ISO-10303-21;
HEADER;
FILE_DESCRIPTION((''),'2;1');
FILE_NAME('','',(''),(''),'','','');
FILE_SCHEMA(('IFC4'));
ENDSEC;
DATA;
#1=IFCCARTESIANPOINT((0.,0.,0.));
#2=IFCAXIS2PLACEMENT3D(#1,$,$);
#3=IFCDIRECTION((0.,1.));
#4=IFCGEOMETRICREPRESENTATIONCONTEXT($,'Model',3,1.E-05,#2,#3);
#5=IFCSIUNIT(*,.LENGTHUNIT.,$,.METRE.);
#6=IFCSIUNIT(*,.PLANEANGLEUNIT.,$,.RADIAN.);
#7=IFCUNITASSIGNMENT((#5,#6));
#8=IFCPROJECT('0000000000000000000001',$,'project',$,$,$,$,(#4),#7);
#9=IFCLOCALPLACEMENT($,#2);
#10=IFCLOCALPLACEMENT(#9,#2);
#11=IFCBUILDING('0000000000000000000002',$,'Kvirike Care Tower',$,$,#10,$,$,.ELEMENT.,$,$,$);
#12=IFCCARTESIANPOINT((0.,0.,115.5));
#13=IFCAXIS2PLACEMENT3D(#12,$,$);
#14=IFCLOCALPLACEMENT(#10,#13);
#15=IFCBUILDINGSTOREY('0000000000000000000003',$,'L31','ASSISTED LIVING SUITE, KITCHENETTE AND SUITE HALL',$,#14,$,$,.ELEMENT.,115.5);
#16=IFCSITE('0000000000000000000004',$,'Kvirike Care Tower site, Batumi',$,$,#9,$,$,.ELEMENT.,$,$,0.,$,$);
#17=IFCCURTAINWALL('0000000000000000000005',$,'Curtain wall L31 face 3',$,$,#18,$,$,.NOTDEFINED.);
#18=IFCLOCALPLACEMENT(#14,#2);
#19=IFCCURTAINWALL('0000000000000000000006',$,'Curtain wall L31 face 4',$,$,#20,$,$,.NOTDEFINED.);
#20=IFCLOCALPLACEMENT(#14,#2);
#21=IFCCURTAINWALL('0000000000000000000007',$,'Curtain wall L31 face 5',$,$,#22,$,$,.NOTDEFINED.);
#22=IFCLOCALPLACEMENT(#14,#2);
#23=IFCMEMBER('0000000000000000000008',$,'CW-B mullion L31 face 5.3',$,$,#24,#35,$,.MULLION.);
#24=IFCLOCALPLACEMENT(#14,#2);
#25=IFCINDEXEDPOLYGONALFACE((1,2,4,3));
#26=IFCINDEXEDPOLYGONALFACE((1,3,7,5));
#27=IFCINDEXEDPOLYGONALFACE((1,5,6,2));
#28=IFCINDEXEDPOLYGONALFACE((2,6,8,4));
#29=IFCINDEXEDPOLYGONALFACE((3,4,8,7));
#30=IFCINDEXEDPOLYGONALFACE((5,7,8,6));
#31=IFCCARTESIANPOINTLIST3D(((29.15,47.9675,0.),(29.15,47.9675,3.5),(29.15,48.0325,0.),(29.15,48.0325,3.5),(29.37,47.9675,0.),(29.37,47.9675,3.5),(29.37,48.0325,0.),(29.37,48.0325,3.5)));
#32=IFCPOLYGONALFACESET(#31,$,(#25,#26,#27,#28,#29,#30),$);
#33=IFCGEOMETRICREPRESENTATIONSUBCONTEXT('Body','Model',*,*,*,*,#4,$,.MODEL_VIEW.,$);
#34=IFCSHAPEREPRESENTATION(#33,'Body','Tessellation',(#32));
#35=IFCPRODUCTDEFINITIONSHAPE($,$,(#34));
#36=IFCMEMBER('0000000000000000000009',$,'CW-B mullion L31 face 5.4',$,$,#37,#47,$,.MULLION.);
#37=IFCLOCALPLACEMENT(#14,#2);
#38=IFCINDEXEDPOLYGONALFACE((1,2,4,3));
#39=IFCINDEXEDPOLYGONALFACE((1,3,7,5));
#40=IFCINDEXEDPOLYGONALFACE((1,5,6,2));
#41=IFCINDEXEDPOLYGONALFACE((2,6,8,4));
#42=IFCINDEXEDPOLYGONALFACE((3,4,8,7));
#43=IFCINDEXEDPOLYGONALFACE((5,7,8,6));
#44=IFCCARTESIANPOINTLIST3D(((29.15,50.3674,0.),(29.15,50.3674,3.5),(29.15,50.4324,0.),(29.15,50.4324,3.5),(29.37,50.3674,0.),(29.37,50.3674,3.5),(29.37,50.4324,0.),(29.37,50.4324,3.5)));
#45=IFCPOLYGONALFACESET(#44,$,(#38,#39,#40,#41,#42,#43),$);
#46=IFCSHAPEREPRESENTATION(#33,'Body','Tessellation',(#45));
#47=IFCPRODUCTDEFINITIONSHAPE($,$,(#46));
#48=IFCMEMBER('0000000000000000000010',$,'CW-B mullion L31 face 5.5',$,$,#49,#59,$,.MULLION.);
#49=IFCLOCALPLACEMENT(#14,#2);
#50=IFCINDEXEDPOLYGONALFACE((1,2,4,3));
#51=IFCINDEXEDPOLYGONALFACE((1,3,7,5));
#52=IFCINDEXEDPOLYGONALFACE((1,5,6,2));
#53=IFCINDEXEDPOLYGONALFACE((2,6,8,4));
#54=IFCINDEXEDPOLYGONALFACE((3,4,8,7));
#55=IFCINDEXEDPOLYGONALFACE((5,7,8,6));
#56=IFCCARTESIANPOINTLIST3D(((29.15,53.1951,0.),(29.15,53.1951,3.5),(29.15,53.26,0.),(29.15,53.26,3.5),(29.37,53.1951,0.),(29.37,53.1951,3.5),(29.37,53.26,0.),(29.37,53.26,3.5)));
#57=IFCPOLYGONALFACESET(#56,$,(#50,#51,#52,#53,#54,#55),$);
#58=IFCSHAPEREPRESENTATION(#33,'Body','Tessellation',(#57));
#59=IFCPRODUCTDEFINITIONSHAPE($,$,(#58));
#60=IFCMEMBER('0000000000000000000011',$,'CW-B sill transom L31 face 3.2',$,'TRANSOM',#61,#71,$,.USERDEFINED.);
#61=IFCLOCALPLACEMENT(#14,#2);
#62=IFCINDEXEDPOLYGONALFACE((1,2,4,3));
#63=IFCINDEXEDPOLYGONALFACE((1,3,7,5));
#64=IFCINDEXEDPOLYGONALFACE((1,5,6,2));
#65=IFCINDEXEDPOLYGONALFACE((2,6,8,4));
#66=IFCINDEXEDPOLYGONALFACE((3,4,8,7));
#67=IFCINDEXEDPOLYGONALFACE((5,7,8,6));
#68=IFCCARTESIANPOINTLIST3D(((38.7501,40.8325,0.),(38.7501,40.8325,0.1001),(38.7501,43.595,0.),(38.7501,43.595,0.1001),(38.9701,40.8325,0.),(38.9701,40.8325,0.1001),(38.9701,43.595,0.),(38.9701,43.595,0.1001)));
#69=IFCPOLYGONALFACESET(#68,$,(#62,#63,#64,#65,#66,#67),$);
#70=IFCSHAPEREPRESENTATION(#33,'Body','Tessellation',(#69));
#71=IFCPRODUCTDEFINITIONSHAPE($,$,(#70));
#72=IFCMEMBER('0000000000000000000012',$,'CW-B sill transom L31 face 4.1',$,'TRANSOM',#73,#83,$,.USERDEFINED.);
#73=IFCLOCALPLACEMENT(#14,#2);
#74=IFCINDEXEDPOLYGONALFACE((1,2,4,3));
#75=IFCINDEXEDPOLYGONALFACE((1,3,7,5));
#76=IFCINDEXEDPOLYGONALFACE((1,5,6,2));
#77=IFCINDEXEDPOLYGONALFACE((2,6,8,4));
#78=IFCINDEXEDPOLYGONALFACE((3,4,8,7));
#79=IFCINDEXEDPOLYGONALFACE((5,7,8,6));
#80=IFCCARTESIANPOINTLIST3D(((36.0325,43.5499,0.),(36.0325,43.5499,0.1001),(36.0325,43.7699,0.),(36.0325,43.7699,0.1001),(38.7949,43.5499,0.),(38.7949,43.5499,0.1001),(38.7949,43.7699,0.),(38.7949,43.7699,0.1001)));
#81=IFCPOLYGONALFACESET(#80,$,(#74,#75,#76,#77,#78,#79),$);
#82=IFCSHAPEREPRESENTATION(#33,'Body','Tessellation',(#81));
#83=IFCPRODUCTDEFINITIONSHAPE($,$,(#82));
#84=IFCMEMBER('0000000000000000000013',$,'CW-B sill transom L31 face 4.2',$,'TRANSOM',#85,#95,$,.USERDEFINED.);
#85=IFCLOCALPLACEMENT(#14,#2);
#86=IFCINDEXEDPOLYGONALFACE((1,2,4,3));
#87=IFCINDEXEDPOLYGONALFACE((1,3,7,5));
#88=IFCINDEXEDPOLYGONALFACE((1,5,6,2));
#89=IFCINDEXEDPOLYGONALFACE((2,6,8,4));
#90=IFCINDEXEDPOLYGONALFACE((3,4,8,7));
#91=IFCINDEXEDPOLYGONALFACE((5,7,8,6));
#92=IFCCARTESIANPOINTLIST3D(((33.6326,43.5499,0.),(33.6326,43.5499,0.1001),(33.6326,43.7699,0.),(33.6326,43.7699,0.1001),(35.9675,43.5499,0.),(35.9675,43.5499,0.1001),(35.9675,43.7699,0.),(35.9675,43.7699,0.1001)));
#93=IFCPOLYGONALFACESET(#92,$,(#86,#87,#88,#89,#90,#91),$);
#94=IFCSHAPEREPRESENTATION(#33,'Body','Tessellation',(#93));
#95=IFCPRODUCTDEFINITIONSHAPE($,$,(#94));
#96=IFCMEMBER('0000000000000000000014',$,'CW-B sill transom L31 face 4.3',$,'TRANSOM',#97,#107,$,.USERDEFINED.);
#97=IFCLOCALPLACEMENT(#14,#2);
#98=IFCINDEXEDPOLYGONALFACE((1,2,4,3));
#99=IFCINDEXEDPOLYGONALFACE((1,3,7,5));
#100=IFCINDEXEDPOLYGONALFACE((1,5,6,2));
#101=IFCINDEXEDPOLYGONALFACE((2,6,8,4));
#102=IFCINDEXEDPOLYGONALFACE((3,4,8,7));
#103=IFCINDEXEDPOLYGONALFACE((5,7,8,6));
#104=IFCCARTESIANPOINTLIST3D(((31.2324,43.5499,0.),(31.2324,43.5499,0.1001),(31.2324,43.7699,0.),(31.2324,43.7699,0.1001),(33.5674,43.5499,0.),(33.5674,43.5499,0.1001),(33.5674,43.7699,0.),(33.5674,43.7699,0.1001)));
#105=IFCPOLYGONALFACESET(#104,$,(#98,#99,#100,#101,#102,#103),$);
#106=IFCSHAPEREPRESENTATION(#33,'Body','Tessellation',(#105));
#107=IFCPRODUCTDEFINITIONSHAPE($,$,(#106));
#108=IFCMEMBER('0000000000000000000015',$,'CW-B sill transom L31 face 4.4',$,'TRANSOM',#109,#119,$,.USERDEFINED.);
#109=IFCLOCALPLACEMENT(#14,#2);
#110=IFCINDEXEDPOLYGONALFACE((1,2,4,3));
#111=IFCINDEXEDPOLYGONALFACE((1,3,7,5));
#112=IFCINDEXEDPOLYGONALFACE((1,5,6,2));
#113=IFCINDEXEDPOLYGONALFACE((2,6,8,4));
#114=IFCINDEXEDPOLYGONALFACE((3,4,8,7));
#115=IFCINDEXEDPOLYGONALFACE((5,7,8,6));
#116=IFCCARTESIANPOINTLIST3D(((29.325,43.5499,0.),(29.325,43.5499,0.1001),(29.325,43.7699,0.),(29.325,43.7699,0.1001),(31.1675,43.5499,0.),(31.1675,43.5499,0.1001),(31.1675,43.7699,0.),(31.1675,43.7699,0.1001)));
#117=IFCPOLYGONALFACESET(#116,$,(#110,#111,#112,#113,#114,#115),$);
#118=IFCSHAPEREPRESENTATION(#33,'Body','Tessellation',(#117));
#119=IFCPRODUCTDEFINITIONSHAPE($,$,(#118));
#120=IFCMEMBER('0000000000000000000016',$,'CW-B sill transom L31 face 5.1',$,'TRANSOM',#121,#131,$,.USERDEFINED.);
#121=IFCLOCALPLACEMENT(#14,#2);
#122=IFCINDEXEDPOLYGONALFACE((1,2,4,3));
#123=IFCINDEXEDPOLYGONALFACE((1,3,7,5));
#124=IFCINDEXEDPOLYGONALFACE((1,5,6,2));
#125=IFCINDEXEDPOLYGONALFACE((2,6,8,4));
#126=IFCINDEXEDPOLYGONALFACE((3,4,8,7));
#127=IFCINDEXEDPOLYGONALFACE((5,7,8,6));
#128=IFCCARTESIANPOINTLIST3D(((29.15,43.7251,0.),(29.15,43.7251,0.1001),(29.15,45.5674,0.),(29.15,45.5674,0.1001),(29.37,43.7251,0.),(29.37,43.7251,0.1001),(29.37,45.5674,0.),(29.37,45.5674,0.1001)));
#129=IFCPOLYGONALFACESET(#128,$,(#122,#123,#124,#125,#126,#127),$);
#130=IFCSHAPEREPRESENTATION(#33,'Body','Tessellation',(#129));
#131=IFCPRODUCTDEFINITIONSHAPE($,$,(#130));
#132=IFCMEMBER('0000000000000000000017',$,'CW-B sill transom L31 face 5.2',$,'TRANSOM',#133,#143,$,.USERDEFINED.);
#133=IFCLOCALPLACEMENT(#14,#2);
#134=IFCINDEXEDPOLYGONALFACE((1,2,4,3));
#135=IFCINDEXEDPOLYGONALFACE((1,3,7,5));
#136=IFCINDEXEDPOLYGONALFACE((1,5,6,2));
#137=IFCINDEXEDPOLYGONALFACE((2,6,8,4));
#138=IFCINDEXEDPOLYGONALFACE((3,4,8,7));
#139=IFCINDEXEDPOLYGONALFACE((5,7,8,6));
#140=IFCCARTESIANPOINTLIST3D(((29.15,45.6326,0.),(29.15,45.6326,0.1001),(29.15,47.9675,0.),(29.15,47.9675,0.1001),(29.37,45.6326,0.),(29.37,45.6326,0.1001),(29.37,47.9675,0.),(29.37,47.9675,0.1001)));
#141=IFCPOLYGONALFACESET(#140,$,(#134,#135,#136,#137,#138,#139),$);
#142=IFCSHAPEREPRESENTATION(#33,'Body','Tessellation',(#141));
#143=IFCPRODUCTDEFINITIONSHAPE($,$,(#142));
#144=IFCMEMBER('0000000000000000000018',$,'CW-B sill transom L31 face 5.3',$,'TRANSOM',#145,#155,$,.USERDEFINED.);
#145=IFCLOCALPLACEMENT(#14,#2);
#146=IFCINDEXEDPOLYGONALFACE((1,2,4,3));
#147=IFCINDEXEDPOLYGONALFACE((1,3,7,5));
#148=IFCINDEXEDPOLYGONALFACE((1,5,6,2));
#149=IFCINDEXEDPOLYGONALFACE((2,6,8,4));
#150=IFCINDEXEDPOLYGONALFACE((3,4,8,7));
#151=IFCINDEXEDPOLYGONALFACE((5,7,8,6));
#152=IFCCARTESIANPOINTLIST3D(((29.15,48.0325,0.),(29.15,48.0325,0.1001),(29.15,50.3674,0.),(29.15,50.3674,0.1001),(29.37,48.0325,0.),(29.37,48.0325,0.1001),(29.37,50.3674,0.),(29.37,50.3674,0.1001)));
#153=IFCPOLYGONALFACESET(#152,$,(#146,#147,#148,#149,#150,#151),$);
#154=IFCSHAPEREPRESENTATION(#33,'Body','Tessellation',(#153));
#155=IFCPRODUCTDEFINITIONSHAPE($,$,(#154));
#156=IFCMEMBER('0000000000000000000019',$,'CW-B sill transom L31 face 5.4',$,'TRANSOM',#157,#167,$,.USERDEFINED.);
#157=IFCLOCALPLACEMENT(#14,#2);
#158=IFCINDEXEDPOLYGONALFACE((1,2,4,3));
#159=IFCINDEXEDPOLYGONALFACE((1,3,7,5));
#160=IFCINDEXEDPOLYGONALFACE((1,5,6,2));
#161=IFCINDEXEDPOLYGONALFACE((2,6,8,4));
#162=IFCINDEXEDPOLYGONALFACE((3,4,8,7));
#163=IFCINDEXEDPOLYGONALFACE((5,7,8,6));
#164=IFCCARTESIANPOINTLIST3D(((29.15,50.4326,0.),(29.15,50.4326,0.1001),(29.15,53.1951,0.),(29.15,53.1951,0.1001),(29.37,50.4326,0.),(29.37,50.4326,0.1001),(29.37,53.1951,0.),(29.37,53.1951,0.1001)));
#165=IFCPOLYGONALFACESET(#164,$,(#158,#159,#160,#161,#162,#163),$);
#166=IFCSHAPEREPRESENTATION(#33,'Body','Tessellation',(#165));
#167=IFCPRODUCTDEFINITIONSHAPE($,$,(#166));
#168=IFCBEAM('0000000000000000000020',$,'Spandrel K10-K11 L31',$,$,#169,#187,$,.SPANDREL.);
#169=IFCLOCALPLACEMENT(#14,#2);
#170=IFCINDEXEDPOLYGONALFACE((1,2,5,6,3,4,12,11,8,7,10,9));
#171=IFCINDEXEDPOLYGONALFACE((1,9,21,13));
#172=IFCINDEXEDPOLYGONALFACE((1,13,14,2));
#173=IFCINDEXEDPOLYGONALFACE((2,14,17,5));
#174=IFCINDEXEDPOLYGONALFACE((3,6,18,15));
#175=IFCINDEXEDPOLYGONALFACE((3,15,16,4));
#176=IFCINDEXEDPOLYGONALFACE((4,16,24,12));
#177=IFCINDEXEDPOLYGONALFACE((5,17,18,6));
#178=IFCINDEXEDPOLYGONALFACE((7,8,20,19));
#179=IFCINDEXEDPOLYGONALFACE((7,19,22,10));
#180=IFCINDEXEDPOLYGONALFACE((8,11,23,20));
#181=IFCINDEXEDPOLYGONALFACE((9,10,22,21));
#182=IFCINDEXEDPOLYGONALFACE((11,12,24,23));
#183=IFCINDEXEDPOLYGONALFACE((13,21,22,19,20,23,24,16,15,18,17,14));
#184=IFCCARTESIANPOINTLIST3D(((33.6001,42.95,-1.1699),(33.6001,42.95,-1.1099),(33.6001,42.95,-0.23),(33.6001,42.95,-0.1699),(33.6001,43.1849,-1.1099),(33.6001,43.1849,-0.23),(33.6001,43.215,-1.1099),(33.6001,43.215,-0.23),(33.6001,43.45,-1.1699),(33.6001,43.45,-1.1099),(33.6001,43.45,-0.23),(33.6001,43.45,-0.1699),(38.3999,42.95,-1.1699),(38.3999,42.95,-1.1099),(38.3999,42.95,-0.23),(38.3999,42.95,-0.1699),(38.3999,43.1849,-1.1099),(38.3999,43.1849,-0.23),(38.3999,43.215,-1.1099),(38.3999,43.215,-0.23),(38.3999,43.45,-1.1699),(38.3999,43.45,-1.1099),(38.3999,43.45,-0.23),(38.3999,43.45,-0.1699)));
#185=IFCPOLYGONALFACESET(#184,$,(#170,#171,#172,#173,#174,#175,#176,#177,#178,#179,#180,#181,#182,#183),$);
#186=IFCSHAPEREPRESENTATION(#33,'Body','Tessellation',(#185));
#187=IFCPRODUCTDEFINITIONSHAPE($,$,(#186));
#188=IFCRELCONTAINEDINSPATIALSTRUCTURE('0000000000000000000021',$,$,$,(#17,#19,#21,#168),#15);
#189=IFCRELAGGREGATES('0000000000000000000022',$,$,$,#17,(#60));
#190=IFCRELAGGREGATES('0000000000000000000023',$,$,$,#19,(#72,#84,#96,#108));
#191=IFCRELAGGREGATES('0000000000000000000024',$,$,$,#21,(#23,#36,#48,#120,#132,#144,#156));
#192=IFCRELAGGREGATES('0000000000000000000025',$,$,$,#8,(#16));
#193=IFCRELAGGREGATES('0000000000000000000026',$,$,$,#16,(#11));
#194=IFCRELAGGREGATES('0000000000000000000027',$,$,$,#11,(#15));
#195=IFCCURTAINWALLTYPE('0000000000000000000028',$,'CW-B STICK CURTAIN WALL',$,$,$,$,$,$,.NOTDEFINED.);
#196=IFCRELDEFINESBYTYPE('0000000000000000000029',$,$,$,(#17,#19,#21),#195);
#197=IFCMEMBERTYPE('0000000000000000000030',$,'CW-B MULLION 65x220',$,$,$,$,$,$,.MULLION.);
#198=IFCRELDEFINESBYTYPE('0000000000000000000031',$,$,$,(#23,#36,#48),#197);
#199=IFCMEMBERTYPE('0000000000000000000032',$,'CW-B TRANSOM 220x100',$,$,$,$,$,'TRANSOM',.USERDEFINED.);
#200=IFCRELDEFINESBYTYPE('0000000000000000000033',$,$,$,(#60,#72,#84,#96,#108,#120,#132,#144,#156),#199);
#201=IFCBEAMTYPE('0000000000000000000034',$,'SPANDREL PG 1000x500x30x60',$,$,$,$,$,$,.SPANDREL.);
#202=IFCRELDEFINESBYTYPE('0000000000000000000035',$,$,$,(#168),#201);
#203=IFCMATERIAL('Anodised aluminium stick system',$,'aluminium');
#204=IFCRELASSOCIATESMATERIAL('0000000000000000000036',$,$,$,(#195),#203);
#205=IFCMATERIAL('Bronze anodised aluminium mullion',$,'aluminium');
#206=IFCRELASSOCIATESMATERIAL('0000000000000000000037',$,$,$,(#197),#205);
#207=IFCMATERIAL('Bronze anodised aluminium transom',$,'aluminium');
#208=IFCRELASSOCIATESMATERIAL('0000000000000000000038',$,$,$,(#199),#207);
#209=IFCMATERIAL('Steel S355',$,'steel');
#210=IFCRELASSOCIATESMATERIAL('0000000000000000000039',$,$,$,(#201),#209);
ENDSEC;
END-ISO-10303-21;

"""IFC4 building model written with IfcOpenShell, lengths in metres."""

from ifc_helpers import new_model, si_unit, direction, frame, origin, origin_2d, place, context, subcontext, project, spatial, rectangle, i_section, extrude, material, material_profile, profile_set, type_object, element, aggregate, save


model = new_model("IFC4")

# Units and contexts
model_context = context("Model", 3, precision=1e-05, world=origin(), true_north=direction((0.0, 1.0)))
body_context = subcontext(model_context, "Body", "Model", "MODEL_VIEW")
ifc_project = project(units=[si_unit("LENGTHUNIT", "METRE"), si_unit("PLANEANGLEUNIT", "RADIAN")], contexts=[model_context])

# Site, building, storey
site_placement = place(None, origin())
site = spatial("IfcSite", under=ifc_project, at=site_placement, Name="Kvirike Care Tower site, Batumi", CompositionType="ELEMENT", RefElevation=0.0)
building_placement = place(site_placement, origin())
building = spatial("IfcBuilding", under=site, at=building_placement, Name="Kvirike Care Tower", CompositionType="ELEMENT")
storey_placement = place(building_placement, frame((0.0, 0.0, 115.5)))
storey = spatial("IfcBuildingStorey", under=building, at=storey_placement, Name="L31", Description="ASSISTED LIVING SUITE, KITCHENETTE AND SUITE HALL", CompositionType="ELEMENT", Elevation=115.5)

# Curtain walls
ifc_material_1 = material(Name="Anodised aluminium stick system", Category="aluminium")
curtain_wall_type = type_object("IfcCurtainWallType", Name="CW-B STICK CURTAIN WALL", PredefinedType="NOTDEFINED", material=ifc_material_1)
curtain_wall_1_placement = place(storey_placement, origin())
curtain_wall_1 = element("IfcCurtainWall", 1, at=curtain_wall_1_placement, inside=storey, type_object=curtain_wall_type, Name="Curtain wall L31 face 3", PredefinedType="NOTDEFINED")
curtain_wall_2_placement = place(storey_placement, origin())
curtain_wall_2 = element("IfcCurtainWall", 2, at=curtain_wall_2_placement, inside=storey, type_object=curtain_wall_type, Name="Curtain wall L31 face 4", PredefinedType="NOTDEFINED")
curtain_wall_3_placement = place(storey_placement, origin())
curtain_wall_3 = element("IfcCurtainWall", 3, at=curtain_wall_3_placement, inside=storey, type_object=curtain_wall_type, Name="Curtain wall L31 face 5", PredefinedType="NOTDEFINED")

# Members
ifc_material_2 = material(Name="Bronze anodised aluminium mullion", Category="aluminium")
ifc_material_profile_1 = material_profile(ifc_material_2, rectangle(XDim=0.0649, YDim=0.22, at=origin_2d()), Name="CW-B MULLION 65x220")
ifc_profile_set_1 = profile_set([ifc_material_profile_1], Name="Bronze anodised aluminium mullion")
member_type_1 = type_object("IfcMemberType", Name="CW-B MULLION 65x220", PredefinedType="MULLION", material=ifc_profile_set_1)
member_1_placement = place(storey_placement, frame((29.26, 48.0, 0.0), z_axis=(0.0, 0.0, 1.0), x_axis=(0.0, 1.0, 0.0)))
member_1 = element("IfcMember", 4, at=member_1_placement, type_object=member_type_1, Name="CW-B mullion L31 face 5.3", PredefinedType="MULLION", context=body_context, shape_type="SweptSolid", body=[
    extrude(rectangle(XDim=0.0649, YDim=0.22, at=origin_2d()), origin(), (0.0, 0.0, 1.0), 3.5),
])
member_2_placement = place(storey_placement, frame((29.26, 50.3999, 0.0), z_axis=(0.0, 0.0, 1.0), x_axis=(0.0, 1.0, 0.0)))
member_2 = element("IfcMember", 5, at=member_2_placement, type_object=member_type_1, Name="CW-B mullion L31 face 5.4", PredefinedType="MULLION", context=body_context, shape_type="SweptSolid", body=[
    extrude(rectangle(XDim=0.0649, YDim=0.22, at=origin_2d()), origin(), (0.0, 0.0, 1.0), 3.5),
])
member_3_placement = place(storey_placement, frame((29.26, 53.2275, 0.0), z_axis=(0.0, 0.0, 1.0), x_axis=(0.0, 1.0, 0.0)))
member_3 = element("IfcMember", 6, at=member_3_placement, type_object=member_type_1, Name="CW-B mullion L31 face 5.5", PredefinedType="MULLION", context=body_context, shape_type="SweptSolid", body=[
    extrude(rectangle(XDim=0.0649, YDim=0.22, at=origin_2d()), origin(), (0.0, 0.0, 1.0), 3.5),
])
ifc_material_3 = material(Name="Bronze anodised aluminium transom", Category="aluminium")
ifc_material_profile_2 = material_profile(ifc_material_3, rectangle(XDim=0.22, YDim=0.1001, at=origin_2d()), Name="CW-B TRANSOM 220x100")
ifc_profile_set_2 = profile_set([ifc_material_profile_2], Name="Bronze anodised aluminium transom")
member_type_2 = type_object("IfcMemberType", Name="CW-B TRANSOM 220x100", ElementType="TRANSOM", PredefinedType="USERDEFINED", material=ifc_profile_set_2)
member_4_placement = place(storey_placement, frame((38.8601, 40.8325, 0.05), z_axis=(0.0, 1.0, 0.0), x_axis=(-1.0, 0.0, 0.0)))
member_4 = element("IfcMember", 7, at=member_4_placement, type_object=member_type_2, Name="CW-B sill transom L31 face 3.2", ObjectType="TRANSOM", PredefinedType="USERDEFINED", context=body_context, shape_type="SweptSolid", body=[
    extrude(rectangle(XDim=0.22, YDim=0.1001, at=origin_2d()), origin(), (0.0, 0.0, 1.0), 2.7625),
])
member_5_placement = place(storey_placement, frame((38.7949, 43.6599, 0.05), z_axis=(-1.0, 0.0, 0.0), x_axis=(0.0, -1.0, 0.0)))
member_5 = element("IfcMember", 8, at=member_5_placement, type_object=member_type_2, Name="CW-B sill transom L31 face 4.1", ObjectType="TRANSOM", PredefinedType="USERDEFINED", context=body_context, shape_type="SweptSolid", body=[
    extrude(rectangle(XDim=0.22, YDim=0.1001, at=origin_2d()), origin(), (0.0, 0.0, 1.0), 2.7625),
])
member_6_placement = place(storey_placement, frame((35.9675, 43.6599, 0.05), z_axis=(-1.0, 0.0, 0.0), x_axis=(0.0, -1.0, 0.0)))
member_6 = element("IfcMember", 9, at=member_6_placement, type_object=member_type_2, Name="CW-B sill transom L31 face 4.2", ObjectType="TRANSOM", PredefinedType="USERDEFINED", context=body_context, shape_type="SweptSolid", body=[
    extrude(rectangle(XDim=0.22, YDim=0.1001, at=origin_2d()), origin(), (0.0, 0.0, 1.0), 2.335),
])
member_7_placement = place(storey_placement, frame((33.5674, 43.6599, 0.05), z_axis=(-1.0, 0.0, 0.0), x_axis=(0.0, -1.0, 0.0)))
member_7 = element("IfcMember", 10, at=member_7_placement, type_object=member_type_2, Name="CW-B sill transom L31 face 4.3", ObjectType="TRANSOM", PredefinedType="USERDEFINED", context=body_context, shape_type="SweptSolid", body=[
    extrude(rectangle(XDim=0.22, YDim=0.1001, at=origin_2d()), origin(), (0.0, 0.0, 1.0), 2.335),
])
member_8_placement = place(storey_placement, frame((31.1675, 43.6599, 0.05), z_axis=(-1.0, 0.0, 0.0), x_axis=(0.0, -1.0, 0.0)))
member_8 = element("IfcMember", 11, at=member_8_placement, type_object=member_type_2, Name="CW-B sill transom L31 face 4.4", ObjectType="TRANSOM", PredefinedType="USERDEFINED", context=body_context, shape_type="SweptSolid", body=[
    extrude(rectangle(XDim=0.22, YDim=0.1001, at=origin_2d()), origin(), (0.0, 0.0, 1.0), 1.8425),
])
member_9_placement = place(storey_placement, frame((29.26, 43.7251, 0.05), z_axis=(0.0, 1.0, 0.0), x_axis=(-1.0, 0.0, 0.0)))
member_9 = element("IfcMember", 12, at=member_9_placement, type_object=member_type_2, Name="CW-B sill transom L31 face 5.1", ObjectType="TRANSOM", PredefinedType="USERDEFINED", context=body_context, shape_type="SweptSolid", body=[
    extrude(rectangle(XDim=0.22, YDim=0.1001, at=origin_2d()), origin(), (0.0, 0.0, 1.0), 1.8423),
])
member_10_placement = place(storey_placement, frame((29.26, 45.6326, 0.05), z_axis=(0.0, 1.0, 0.0), x_axis=(-1.0, 0.0, 0.0)))
member_10 = element("IfcMember", 13, at=member_10_placement, type_object=member_type_2, Name="CW-B sill transom L31 face 5.2", ObjectType="TRANSOM", PredefinedType="USERDEFINED", context=body_context, shape_type="SweptSolid", body=[
    extrude(rectangle(XDim=0.22, YDim=0.1001, at=origin_2d()), origin(), (0.0, 0.0, 1.0), 2.335),
])
member_11_placement = place(storey_placement, frame((29.26, 48.0325, 0.05), z_axis=(0.0, 1.0, 0.0), x_axis=(-1.0, 0.0, 0.0)))
member_11 = element("IfcMember", 14, at=member_11_placement, type_object=member_type_2, Name="CW-B sill transom L31 face 5.3", ObjectType="TRANSOM", PredefinedType="USERDEFINED", context=body_context, shape_type="SweptSolid", body=[
    extrude(rectangle(XDim=0.22, YDim=0.1001, at=origin_2d()), origin(), (0.0, 0.0, 1.0), 2.335),
])
member_12_placement = place(storey_placement, frame((29.26, 50.4326, 0.05), z_axis=(0.0, 1.0, 0.0), x_axis=(-1.0, 0.0, 0.0)))
member_12 = element("IfcMember", 15, at=member_12_placement, type_object=member_type_2, Name="CW-B sill transom L31 face 5.4", ObjectType="TRANSOM", PredefinedType="USERDEFINED", context=body_context, shape_type="SweptSolid", body=[
    extrude(rectangle(XDim=0.22, YDim=0.1001, at=origin_2d()), origin(), (0.0, 0.0, 1.0), 2.7625),
])

# Beam
ifc_material_4 = material(Name="Steel S355", Category="steel")
ifc_material_profile_3 = material_profile(ifc_material_4, i_section(OverallWidth=0.5, OverallDepth=1.0, WebThickness=0.03, FlangeThickness=0.0601, at=origin_2d()), Name="PG 1000x500x30x60")
ifc_profile_set_3 = profile_set([ifc_material_profile_3], Name="Steel S355")
beam_type = type_object("IfcBeamType", Name="SPANDREL PG 1000x500x30x60", PredefinedType="SPANDREL", material=ifc_profile_set_3)
beam_placement = place(storey_placement, frame((33.6001, 43.2, -0.6699), z_axis=(1.0, 0.0, 0.0), x_axis=(0.0, 1.0, 0.0)))
element("IfcBeam", 16, at=beam_placement, inside=storey, type_object=beam_type, Name="Spandrel K10-K11 L31", PredefinedType="SPANDREL", context=body_context, shape_type="SweptSolid", body=[
    extrude(i_section(OverallWidth=0.5, OverallDepth=1.0, WebThickness=0.03, FlangeThickness=0.0601, at=origin_2d()), origin(), (0.0, 0.0, 1.0), 4.7998),
])

aggregate(curtain_wall_1, [member_4])
aggregate(curtain_wall_2, [member_5, member_6, member_7, member_8])
aggregate(curtain_wall_3, [member_1, member_2, member_3, member_9, member_10, member_11, member_12])

save(model, "model.ifc")
